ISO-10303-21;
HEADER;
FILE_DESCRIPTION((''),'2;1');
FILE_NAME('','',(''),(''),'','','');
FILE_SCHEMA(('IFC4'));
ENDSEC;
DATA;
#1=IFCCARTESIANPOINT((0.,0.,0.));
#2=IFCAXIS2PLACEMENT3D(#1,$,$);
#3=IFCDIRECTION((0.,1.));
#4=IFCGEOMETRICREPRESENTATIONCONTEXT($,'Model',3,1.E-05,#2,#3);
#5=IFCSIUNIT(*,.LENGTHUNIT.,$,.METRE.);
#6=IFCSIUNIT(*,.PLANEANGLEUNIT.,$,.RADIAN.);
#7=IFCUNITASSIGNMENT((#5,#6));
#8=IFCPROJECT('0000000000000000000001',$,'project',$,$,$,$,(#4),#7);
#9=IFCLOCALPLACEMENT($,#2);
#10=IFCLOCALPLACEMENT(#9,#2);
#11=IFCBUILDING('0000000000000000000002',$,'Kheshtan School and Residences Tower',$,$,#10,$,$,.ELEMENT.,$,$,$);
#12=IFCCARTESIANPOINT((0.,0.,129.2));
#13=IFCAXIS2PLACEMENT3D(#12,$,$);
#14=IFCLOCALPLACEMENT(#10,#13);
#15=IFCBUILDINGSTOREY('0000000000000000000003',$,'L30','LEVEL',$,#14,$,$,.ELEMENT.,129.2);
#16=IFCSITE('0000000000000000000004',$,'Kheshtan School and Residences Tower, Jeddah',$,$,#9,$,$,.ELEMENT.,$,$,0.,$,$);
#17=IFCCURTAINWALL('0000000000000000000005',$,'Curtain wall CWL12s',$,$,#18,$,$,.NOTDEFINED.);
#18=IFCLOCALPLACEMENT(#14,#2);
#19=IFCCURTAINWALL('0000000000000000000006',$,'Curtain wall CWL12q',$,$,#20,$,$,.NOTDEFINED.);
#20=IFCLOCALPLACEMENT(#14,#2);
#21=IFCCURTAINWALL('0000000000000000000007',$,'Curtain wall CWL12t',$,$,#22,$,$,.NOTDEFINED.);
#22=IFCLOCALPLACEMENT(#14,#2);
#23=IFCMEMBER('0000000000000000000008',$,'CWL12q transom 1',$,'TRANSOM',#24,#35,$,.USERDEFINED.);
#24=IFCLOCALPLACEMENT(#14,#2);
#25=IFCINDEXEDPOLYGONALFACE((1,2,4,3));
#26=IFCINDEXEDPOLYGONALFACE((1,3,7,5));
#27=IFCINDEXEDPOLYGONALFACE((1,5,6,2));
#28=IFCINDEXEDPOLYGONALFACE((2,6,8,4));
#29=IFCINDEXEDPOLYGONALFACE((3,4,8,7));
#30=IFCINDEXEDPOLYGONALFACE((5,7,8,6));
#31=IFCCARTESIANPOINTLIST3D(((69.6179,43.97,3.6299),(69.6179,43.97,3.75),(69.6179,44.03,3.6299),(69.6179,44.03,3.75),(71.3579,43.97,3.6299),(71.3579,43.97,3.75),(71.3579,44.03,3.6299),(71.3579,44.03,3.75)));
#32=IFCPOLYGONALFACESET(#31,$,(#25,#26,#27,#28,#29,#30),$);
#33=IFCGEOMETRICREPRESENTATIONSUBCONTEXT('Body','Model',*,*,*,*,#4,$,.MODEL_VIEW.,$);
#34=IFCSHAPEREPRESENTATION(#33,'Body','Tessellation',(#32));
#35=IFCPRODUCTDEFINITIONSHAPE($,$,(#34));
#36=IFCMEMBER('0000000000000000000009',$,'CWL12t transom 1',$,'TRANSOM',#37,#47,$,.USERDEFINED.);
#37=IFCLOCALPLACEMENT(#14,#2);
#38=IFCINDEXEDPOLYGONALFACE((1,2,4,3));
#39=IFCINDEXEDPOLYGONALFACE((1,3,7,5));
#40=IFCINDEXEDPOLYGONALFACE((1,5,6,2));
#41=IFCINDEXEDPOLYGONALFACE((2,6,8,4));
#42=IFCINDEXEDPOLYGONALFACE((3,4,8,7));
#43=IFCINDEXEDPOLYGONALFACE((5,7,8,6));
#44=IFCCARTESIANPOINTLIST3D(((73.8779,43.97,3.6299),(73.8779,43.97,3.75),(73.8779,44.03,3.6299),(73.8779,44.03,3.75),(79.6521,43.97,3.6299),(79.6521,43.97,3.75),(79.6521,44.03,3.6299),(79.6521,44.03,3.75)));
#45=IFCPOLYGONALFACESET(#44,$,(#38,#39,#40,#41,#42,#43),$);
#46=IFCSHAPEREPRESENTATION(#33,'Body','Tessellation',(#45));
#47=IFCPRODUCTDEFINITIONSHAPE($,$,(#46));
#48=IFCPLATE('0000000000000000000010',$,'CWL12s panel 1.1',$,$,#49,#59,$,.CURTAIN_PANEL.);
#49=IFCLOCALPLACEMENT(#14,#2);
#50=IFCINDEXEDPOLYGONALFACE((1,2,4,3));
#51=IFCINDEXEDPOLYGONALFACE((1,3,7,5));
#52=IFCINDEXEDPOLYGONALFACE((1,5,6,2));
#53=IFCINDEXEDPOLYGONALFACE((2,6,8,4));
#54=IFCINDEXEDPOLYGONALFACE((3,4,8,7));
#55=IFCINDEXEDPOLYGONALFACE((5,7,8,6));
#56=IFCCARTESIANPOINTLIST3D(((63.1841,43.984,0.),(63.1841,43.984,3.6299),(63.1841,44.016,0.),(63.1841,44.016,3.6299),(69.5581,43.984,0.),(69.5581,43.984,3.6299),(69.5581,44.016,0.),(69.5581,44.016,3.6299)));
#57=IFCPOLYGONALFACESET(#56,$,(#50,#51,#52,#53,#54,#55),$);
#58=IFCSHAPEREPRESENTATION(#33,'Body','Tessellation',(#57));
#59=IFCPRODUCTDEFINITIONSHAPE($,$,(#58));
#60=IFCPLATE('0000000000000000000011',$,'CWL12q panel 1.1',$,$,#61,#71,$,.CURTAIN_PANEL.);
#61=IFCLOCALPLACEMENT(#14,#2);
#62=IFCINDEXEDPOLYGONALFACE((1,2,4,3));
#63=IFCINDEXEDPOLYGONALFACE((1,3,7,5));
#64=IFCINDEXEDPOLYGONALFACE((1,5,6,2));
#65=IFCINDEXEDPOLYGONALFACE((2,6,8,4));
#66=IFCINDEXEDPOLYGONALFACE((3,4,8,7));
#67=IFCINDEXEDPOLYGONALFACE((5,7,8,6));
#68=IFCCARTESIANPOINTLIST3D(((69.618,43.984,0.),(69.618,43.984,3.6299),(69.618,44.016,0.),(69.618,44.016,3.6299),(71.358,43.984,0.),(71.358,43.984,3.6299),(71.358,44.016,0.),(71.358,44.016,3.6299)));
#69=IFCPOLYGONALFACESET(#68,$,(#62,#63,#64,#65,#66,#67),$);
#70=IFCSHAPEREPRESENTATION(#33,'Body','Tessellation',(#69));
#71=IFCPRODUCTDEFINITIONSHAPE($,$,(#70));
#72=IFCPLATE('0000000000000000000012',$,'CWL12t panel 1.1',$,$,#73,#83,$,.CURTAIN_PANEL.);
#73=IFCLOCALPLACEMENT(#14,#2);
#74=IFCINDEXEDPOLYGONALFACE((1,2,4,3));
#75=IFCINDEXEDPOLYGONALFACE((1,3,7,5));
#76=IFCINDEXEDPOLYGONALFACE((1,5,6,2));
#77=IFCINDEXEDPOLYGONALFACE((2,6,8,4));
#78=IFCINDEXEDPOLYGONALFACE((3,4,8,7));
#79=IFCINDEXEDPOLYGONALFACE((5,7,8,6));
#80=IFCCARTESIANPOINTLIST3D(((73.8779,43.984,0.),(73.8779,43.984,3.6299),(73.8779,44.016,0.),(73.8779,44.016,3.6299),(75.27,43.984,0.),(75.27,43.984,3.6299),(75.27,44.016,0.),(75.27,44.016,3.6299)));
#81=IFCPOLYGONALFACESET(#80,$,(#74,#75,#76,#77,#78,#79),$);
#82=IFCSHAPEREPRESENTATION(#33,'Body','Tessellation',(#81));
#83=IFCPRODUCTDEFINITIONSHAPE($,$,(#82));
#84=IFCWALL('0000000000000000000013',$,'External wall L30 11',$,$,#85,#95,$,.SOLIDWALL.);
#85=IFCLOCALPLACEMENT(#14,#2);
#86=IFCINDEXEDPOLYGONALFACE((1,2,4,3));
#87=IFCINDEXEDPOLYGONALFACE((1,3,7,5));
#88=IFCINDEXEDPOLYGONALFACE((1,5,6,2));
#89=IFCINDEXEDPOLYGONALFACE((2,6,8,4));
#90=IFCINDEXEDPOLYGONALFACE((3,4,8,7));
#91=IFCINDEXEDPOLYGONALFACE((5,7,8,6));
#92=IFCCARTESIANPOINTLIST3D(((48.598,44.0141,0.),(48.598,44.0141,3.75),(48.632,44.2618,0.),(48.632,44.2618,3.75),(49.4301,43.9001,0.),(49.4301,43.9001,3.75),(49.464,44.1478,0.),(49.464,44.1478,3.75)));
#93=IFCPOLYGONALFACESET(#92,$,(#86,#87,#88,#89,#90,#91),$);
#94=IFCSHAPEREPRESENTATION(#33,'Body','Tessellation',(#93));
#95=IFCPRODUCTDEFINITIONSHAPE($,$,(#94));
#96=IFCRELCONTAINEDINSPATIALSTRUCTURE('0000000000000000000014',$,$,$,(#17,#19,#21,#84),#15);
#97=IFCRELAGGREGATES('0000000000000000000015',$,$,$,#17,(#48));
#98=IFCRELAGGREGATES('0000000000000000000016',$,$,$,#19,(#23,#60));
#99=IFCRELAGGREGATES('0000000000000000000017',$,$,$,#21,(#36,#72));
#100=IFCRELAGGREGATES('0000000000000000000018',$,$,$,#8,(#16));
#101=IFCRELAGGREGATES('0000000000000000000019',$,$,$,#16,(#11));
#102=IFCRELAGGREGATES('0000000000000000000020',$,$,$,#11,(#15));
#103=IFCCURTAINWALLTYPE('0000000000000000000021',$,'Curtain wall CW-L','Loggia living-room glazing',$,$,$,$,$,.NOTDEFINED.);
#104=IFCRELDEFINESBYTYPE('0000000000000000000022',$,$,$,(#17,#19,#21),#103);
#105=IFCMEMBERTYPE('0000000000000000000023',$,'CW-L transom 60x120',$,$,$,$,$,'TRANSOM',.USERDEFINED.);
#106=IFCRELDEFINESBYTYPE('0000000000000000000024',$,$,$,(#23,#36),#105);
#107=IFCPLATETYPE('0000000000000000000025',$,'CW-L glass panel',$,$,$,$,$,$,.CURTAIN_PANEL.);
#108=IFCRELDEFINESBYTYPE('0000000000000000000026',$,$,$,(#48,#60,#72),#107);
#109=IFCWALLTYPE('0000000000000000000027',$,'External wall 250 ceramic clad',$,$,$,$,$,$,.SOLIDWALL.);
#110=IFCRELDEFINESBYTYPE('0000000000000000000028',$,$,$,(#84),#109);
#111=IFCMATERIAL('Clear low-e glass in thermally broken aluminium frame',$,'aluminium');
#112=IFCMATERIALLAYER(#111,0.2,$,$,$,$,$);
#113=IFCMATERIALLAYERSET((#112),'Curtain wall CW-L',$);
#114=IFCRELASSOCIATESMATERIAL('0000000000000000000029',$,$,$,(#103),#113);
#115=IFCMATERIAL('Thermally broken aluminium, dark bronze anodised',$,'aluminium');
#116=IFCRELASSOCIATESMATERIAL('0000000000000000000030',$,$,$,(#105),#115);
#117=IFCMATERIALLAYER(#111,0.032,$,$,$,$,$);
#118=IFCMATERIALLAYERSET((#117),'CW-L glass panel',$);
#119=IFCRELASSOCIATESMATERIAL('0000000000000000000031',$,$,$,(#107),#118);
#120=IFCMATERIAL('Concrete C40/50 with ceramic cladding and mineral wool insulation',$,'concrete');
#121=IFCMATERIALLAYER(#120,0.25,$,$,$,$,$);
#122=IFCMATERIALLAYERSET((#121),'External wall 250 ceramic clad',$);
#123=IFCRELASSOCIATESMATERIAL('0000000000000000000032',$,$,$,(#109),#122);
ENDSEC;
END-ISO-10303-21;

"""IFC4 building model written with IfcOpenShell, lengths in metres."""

from ifc_helpers import new_model, si_unit, direction, frame, frame_2d, origin, origin_2d, place, context, subcontext, project, spatial, rectangle, extrude, material, layer, layer_set, material_profile, profile_set, type_object, element, aggregate, save


model = new_model("IFC4")

# Units and contexts
model_context = context("Model", 3, precision=1e-05, world=origin(), true_north=direction((0.0, 1.0)))
body_context = subcontext(model_context, "Body", "Model", "MODEL_VIEW")
ifc_project = project(units=[si_unit("LENGTHUNIT", "METRE"), si_unit("PLANEANGLEUNIT", "RADIAN")], contexts=[model_context])

# Site, building, storey
site_placement = place(None, origin())
site = spatial("IfcSite", under=ifc_project, at=site_placement, Name="Kheshtan School and Residences Tower, Jeddah", CompositionType="ELEMENT", RefElevation=0.0)
building_placement = place(site_placement, origin())
building = spatial("IfcBuilding", under=site, at=building_placement, Name="Kheshtan School and Residences Tower", CompositionType="ELEMENT")
storey_placement = place(building_placement, frame((0.0, 0.0, 129.2)))
storey = spatial("IfcBuildingStorey", under=building, at=storey_placement, Name="L30", Description="LEVEL", CompositionType="ELEMENT", Elevation=129.2)

# Shared definitions
ifc_material_1 = material(Name="Clear low-e glass in thermally broken aluminium frame", Category="aluminium")
ifc_layer_1 = layer(ifc_material_1, 0.2)
ifc_layer_set_1 = layer_set([ifc_layer_1], Name="Curtain wall CW-L")
curtain_wall_type = type_object("IfcCurtainWallType", Name="Curtain wall CW-L", Description="Loggia living-room glazing", PredefinedType="NOTDEFINED", material=ifc_layer_set_1)
ifc_material_2 = material(Name="Thermally broken aluminium, dark bronze anodised", Category="aluminium")

# Curtain wall
curtain_wall_1_placement = place(storey_placement, origin())
curtain_wall_1 = element("IfcCurtainWall", 1, at=curtain_wall_1_placement, inside=storey, type_object=curtain_wall_type, Name="Curtain wall CWL12s", PredefinedType="NOTDEFINED")

# Curtain wall
curtain_wall_2_placement = place(storey_placement, origin())
curtain_wall_2 = element("IfcCurtainWall", 2, at=curtain_wall_2_placement, inside=storey, type_object=curtain_wall_type, Name="Curtain wall CWL12q", PredefinedType="NOTDEFINED")

# Curtain wall
curtain_wall_3_placement = place(storey_placement, origin())
curtain_wall_3 = element("IfcCurtainWall", 3, at=curtain_wall_3_placement, inside=storey, type_object=curtain_wall_type, Name="Curtain wall CWL12t", PredefinedType="NOTDEFINED")

# Members
ifc_material_profile_1 = material_profile(ifc_material_2, rectangle(XDim=0.0601, YDim=0.1201, at=origin_2d()), Name="CW-L transom 60x120")
ifc_profile_set_1 = profile_set([ifc_material_profile_1], Name="Thermally broken aluminium, dark bronze anodised")
member_type_1 = type_object("IfcMemberType", Name="CW-L transom 60x120", ElementType="TRANSOM", PredefinedType="USERDEFINED", material=ifc_profile_set_1)
member_1_placement = place(storey_placement, frame((69.6179, 44.0, 3.6899), z_axis=(1.0, 0.0, 0.0), x_axis=(0.0, 1.0, 0.0)))
member_1 = element("IfcMember", 4, at=member_1_placement, type_object=member_type_1, Name="CWL12q transom 1", ObjectType="TRANSOM", PredefinedType="USERDEFINED", context=body_context, shape_type="SweptSolid", body=[
    extrude(rectangle(XDim=0.0601, YDim=0.1201, at=origin_2d()), origin(), (0.0, 0.0, 1.0), 1.74),
])
member_2_placement = place(storey_placement, frame((73.8779, 44.0, 3.6899), z_axis=(1.0, 0.0, 0.0), x_axis=(0.0, 1.0, 0.0)))
member_2 = element("IfcMember", 5, at=member_2_placement, type_object=member_type_1, Name="CWL12t transom 1", ObjectType="TRANSOM", PredefinedType="USERDEFINED", context=body_context, shape_type="SweptSolid", body=[
    extrude(rectangle(XDim=0.0601, YDim=0.1201, at=origin_2d()), origin(), (0.0, 0.0, 1.0), 5.7742),
])

# Plates
ifc_layer_2 = layer(ifc_material_1, 0.032)
ifc_layer_set_2 = layer_set([ifc_layer_2], Name="CW-L glass panel")
plate_type = type_object("IfcPlateType", Name="CW-L glass panel", PredefinedType="CURTAIN_PANEL", material=ifc_layer_set_2)
plate_1_placement = place(storey_placement, frame((66.3711, 44.0, 0.0), z_axis=(0.0, 0.0, 1.0), x_axis=(1.0, 0.0, 0.0)))
plate_1 = element("IfcPlate", 6, at=plate_1_placement, type_object=plate_type, Name="CWL12s panel 1.1", PredefinedType="CURTAIN_PANEL", context=body_context, shape_type="SweptSolid", body=[
    extrude(rectangle(XDim=6.374, YDim=0.032, at=origin_2d()), origin(), (0.0, 0.0, 1.0), 3.6299),
])
aggregate(curtain_wall_1, [plate_1])
plate_2_placement = place(storey_placement, frame((70.488, 44.0, 0.0), z_axis=(0.0, 0.0, 1.0), x_axis=(1.0, 0.0, 0.0)))
plate_2 = element("IfcPlate", 7, at=plate_2_placement, type_object=plate_type, Name="CWL12q panel 1.1", PredefinedType="CURTAIN_PANEL", context=body_context, shape_type="SweptSolid", body=[
    extrude(rectangle(XDim=1.74, YDim=0.032, at=origin_2d()), origin(), (0.0, 0.0, 1.0), 3.6299),
])
aggregate(curtain_wall_2, [member_1, plate_2])
plate_3_placement = place(storey_placement, frame((74.574, 44.0, 0.0), z_axis=(0.0, 0.0, 1.0), x_axis=(1.0, 0.0, 0.0)))
plate_3 = element("IfcPlate", 8, at=plate_3_placement, type_object=plate_type, Name="CWL12t panel 1.1", PredefinedType="CURTAIN_PANEL", context=body_context, shape_type="SweptSolid", body=[
    extrude(rectangle(XDim=1.3921, YDim=0.032, at=origin_2d()), origin(), (0.0, 0.0, 1.0), 3.6299),
])
aggregate(curtain_wall_3, [member_2, plate_3])

# Wall
ifc_material_3 = material(Name="Concrete C40/50 with ceramic cladding and mineral wool insulation", Category="concrete")
ifc_layer_3 = layer(ifc_material_3, 0.25)
ifc_layer_set_3 = layer_set([ifc_layer_3], Name="External wall 250 ceramic clad")
wall_type = type_object("IfcWallType", Name="External wall 250 ceramic clad", PredefinedType="SOLIDWALL", material=ifc_layer_set_3)
wall_placement = place(storey_placement, frame((48.615, 44.1379, 0.0), z_axis=(0.0, 0.0, 1.0), x_axis=(0.990742, -0.135762, 0.0)))
element("IfcWall", 9, at=wall_placement, inside=storey, type_object=wall_type, Name="External wall L30 11", PredefinedType="SOLIDWALL", context=body_context, shape_type="SweptSolid", body=[
    extrude(rectangle(XDim=0.8398, YDim=0.25, at=frame_2d((0.4199, 0.0))), origin(), (0.0, 0.0, 1.0), 3.75),
])

save(model, "model.ifc")
